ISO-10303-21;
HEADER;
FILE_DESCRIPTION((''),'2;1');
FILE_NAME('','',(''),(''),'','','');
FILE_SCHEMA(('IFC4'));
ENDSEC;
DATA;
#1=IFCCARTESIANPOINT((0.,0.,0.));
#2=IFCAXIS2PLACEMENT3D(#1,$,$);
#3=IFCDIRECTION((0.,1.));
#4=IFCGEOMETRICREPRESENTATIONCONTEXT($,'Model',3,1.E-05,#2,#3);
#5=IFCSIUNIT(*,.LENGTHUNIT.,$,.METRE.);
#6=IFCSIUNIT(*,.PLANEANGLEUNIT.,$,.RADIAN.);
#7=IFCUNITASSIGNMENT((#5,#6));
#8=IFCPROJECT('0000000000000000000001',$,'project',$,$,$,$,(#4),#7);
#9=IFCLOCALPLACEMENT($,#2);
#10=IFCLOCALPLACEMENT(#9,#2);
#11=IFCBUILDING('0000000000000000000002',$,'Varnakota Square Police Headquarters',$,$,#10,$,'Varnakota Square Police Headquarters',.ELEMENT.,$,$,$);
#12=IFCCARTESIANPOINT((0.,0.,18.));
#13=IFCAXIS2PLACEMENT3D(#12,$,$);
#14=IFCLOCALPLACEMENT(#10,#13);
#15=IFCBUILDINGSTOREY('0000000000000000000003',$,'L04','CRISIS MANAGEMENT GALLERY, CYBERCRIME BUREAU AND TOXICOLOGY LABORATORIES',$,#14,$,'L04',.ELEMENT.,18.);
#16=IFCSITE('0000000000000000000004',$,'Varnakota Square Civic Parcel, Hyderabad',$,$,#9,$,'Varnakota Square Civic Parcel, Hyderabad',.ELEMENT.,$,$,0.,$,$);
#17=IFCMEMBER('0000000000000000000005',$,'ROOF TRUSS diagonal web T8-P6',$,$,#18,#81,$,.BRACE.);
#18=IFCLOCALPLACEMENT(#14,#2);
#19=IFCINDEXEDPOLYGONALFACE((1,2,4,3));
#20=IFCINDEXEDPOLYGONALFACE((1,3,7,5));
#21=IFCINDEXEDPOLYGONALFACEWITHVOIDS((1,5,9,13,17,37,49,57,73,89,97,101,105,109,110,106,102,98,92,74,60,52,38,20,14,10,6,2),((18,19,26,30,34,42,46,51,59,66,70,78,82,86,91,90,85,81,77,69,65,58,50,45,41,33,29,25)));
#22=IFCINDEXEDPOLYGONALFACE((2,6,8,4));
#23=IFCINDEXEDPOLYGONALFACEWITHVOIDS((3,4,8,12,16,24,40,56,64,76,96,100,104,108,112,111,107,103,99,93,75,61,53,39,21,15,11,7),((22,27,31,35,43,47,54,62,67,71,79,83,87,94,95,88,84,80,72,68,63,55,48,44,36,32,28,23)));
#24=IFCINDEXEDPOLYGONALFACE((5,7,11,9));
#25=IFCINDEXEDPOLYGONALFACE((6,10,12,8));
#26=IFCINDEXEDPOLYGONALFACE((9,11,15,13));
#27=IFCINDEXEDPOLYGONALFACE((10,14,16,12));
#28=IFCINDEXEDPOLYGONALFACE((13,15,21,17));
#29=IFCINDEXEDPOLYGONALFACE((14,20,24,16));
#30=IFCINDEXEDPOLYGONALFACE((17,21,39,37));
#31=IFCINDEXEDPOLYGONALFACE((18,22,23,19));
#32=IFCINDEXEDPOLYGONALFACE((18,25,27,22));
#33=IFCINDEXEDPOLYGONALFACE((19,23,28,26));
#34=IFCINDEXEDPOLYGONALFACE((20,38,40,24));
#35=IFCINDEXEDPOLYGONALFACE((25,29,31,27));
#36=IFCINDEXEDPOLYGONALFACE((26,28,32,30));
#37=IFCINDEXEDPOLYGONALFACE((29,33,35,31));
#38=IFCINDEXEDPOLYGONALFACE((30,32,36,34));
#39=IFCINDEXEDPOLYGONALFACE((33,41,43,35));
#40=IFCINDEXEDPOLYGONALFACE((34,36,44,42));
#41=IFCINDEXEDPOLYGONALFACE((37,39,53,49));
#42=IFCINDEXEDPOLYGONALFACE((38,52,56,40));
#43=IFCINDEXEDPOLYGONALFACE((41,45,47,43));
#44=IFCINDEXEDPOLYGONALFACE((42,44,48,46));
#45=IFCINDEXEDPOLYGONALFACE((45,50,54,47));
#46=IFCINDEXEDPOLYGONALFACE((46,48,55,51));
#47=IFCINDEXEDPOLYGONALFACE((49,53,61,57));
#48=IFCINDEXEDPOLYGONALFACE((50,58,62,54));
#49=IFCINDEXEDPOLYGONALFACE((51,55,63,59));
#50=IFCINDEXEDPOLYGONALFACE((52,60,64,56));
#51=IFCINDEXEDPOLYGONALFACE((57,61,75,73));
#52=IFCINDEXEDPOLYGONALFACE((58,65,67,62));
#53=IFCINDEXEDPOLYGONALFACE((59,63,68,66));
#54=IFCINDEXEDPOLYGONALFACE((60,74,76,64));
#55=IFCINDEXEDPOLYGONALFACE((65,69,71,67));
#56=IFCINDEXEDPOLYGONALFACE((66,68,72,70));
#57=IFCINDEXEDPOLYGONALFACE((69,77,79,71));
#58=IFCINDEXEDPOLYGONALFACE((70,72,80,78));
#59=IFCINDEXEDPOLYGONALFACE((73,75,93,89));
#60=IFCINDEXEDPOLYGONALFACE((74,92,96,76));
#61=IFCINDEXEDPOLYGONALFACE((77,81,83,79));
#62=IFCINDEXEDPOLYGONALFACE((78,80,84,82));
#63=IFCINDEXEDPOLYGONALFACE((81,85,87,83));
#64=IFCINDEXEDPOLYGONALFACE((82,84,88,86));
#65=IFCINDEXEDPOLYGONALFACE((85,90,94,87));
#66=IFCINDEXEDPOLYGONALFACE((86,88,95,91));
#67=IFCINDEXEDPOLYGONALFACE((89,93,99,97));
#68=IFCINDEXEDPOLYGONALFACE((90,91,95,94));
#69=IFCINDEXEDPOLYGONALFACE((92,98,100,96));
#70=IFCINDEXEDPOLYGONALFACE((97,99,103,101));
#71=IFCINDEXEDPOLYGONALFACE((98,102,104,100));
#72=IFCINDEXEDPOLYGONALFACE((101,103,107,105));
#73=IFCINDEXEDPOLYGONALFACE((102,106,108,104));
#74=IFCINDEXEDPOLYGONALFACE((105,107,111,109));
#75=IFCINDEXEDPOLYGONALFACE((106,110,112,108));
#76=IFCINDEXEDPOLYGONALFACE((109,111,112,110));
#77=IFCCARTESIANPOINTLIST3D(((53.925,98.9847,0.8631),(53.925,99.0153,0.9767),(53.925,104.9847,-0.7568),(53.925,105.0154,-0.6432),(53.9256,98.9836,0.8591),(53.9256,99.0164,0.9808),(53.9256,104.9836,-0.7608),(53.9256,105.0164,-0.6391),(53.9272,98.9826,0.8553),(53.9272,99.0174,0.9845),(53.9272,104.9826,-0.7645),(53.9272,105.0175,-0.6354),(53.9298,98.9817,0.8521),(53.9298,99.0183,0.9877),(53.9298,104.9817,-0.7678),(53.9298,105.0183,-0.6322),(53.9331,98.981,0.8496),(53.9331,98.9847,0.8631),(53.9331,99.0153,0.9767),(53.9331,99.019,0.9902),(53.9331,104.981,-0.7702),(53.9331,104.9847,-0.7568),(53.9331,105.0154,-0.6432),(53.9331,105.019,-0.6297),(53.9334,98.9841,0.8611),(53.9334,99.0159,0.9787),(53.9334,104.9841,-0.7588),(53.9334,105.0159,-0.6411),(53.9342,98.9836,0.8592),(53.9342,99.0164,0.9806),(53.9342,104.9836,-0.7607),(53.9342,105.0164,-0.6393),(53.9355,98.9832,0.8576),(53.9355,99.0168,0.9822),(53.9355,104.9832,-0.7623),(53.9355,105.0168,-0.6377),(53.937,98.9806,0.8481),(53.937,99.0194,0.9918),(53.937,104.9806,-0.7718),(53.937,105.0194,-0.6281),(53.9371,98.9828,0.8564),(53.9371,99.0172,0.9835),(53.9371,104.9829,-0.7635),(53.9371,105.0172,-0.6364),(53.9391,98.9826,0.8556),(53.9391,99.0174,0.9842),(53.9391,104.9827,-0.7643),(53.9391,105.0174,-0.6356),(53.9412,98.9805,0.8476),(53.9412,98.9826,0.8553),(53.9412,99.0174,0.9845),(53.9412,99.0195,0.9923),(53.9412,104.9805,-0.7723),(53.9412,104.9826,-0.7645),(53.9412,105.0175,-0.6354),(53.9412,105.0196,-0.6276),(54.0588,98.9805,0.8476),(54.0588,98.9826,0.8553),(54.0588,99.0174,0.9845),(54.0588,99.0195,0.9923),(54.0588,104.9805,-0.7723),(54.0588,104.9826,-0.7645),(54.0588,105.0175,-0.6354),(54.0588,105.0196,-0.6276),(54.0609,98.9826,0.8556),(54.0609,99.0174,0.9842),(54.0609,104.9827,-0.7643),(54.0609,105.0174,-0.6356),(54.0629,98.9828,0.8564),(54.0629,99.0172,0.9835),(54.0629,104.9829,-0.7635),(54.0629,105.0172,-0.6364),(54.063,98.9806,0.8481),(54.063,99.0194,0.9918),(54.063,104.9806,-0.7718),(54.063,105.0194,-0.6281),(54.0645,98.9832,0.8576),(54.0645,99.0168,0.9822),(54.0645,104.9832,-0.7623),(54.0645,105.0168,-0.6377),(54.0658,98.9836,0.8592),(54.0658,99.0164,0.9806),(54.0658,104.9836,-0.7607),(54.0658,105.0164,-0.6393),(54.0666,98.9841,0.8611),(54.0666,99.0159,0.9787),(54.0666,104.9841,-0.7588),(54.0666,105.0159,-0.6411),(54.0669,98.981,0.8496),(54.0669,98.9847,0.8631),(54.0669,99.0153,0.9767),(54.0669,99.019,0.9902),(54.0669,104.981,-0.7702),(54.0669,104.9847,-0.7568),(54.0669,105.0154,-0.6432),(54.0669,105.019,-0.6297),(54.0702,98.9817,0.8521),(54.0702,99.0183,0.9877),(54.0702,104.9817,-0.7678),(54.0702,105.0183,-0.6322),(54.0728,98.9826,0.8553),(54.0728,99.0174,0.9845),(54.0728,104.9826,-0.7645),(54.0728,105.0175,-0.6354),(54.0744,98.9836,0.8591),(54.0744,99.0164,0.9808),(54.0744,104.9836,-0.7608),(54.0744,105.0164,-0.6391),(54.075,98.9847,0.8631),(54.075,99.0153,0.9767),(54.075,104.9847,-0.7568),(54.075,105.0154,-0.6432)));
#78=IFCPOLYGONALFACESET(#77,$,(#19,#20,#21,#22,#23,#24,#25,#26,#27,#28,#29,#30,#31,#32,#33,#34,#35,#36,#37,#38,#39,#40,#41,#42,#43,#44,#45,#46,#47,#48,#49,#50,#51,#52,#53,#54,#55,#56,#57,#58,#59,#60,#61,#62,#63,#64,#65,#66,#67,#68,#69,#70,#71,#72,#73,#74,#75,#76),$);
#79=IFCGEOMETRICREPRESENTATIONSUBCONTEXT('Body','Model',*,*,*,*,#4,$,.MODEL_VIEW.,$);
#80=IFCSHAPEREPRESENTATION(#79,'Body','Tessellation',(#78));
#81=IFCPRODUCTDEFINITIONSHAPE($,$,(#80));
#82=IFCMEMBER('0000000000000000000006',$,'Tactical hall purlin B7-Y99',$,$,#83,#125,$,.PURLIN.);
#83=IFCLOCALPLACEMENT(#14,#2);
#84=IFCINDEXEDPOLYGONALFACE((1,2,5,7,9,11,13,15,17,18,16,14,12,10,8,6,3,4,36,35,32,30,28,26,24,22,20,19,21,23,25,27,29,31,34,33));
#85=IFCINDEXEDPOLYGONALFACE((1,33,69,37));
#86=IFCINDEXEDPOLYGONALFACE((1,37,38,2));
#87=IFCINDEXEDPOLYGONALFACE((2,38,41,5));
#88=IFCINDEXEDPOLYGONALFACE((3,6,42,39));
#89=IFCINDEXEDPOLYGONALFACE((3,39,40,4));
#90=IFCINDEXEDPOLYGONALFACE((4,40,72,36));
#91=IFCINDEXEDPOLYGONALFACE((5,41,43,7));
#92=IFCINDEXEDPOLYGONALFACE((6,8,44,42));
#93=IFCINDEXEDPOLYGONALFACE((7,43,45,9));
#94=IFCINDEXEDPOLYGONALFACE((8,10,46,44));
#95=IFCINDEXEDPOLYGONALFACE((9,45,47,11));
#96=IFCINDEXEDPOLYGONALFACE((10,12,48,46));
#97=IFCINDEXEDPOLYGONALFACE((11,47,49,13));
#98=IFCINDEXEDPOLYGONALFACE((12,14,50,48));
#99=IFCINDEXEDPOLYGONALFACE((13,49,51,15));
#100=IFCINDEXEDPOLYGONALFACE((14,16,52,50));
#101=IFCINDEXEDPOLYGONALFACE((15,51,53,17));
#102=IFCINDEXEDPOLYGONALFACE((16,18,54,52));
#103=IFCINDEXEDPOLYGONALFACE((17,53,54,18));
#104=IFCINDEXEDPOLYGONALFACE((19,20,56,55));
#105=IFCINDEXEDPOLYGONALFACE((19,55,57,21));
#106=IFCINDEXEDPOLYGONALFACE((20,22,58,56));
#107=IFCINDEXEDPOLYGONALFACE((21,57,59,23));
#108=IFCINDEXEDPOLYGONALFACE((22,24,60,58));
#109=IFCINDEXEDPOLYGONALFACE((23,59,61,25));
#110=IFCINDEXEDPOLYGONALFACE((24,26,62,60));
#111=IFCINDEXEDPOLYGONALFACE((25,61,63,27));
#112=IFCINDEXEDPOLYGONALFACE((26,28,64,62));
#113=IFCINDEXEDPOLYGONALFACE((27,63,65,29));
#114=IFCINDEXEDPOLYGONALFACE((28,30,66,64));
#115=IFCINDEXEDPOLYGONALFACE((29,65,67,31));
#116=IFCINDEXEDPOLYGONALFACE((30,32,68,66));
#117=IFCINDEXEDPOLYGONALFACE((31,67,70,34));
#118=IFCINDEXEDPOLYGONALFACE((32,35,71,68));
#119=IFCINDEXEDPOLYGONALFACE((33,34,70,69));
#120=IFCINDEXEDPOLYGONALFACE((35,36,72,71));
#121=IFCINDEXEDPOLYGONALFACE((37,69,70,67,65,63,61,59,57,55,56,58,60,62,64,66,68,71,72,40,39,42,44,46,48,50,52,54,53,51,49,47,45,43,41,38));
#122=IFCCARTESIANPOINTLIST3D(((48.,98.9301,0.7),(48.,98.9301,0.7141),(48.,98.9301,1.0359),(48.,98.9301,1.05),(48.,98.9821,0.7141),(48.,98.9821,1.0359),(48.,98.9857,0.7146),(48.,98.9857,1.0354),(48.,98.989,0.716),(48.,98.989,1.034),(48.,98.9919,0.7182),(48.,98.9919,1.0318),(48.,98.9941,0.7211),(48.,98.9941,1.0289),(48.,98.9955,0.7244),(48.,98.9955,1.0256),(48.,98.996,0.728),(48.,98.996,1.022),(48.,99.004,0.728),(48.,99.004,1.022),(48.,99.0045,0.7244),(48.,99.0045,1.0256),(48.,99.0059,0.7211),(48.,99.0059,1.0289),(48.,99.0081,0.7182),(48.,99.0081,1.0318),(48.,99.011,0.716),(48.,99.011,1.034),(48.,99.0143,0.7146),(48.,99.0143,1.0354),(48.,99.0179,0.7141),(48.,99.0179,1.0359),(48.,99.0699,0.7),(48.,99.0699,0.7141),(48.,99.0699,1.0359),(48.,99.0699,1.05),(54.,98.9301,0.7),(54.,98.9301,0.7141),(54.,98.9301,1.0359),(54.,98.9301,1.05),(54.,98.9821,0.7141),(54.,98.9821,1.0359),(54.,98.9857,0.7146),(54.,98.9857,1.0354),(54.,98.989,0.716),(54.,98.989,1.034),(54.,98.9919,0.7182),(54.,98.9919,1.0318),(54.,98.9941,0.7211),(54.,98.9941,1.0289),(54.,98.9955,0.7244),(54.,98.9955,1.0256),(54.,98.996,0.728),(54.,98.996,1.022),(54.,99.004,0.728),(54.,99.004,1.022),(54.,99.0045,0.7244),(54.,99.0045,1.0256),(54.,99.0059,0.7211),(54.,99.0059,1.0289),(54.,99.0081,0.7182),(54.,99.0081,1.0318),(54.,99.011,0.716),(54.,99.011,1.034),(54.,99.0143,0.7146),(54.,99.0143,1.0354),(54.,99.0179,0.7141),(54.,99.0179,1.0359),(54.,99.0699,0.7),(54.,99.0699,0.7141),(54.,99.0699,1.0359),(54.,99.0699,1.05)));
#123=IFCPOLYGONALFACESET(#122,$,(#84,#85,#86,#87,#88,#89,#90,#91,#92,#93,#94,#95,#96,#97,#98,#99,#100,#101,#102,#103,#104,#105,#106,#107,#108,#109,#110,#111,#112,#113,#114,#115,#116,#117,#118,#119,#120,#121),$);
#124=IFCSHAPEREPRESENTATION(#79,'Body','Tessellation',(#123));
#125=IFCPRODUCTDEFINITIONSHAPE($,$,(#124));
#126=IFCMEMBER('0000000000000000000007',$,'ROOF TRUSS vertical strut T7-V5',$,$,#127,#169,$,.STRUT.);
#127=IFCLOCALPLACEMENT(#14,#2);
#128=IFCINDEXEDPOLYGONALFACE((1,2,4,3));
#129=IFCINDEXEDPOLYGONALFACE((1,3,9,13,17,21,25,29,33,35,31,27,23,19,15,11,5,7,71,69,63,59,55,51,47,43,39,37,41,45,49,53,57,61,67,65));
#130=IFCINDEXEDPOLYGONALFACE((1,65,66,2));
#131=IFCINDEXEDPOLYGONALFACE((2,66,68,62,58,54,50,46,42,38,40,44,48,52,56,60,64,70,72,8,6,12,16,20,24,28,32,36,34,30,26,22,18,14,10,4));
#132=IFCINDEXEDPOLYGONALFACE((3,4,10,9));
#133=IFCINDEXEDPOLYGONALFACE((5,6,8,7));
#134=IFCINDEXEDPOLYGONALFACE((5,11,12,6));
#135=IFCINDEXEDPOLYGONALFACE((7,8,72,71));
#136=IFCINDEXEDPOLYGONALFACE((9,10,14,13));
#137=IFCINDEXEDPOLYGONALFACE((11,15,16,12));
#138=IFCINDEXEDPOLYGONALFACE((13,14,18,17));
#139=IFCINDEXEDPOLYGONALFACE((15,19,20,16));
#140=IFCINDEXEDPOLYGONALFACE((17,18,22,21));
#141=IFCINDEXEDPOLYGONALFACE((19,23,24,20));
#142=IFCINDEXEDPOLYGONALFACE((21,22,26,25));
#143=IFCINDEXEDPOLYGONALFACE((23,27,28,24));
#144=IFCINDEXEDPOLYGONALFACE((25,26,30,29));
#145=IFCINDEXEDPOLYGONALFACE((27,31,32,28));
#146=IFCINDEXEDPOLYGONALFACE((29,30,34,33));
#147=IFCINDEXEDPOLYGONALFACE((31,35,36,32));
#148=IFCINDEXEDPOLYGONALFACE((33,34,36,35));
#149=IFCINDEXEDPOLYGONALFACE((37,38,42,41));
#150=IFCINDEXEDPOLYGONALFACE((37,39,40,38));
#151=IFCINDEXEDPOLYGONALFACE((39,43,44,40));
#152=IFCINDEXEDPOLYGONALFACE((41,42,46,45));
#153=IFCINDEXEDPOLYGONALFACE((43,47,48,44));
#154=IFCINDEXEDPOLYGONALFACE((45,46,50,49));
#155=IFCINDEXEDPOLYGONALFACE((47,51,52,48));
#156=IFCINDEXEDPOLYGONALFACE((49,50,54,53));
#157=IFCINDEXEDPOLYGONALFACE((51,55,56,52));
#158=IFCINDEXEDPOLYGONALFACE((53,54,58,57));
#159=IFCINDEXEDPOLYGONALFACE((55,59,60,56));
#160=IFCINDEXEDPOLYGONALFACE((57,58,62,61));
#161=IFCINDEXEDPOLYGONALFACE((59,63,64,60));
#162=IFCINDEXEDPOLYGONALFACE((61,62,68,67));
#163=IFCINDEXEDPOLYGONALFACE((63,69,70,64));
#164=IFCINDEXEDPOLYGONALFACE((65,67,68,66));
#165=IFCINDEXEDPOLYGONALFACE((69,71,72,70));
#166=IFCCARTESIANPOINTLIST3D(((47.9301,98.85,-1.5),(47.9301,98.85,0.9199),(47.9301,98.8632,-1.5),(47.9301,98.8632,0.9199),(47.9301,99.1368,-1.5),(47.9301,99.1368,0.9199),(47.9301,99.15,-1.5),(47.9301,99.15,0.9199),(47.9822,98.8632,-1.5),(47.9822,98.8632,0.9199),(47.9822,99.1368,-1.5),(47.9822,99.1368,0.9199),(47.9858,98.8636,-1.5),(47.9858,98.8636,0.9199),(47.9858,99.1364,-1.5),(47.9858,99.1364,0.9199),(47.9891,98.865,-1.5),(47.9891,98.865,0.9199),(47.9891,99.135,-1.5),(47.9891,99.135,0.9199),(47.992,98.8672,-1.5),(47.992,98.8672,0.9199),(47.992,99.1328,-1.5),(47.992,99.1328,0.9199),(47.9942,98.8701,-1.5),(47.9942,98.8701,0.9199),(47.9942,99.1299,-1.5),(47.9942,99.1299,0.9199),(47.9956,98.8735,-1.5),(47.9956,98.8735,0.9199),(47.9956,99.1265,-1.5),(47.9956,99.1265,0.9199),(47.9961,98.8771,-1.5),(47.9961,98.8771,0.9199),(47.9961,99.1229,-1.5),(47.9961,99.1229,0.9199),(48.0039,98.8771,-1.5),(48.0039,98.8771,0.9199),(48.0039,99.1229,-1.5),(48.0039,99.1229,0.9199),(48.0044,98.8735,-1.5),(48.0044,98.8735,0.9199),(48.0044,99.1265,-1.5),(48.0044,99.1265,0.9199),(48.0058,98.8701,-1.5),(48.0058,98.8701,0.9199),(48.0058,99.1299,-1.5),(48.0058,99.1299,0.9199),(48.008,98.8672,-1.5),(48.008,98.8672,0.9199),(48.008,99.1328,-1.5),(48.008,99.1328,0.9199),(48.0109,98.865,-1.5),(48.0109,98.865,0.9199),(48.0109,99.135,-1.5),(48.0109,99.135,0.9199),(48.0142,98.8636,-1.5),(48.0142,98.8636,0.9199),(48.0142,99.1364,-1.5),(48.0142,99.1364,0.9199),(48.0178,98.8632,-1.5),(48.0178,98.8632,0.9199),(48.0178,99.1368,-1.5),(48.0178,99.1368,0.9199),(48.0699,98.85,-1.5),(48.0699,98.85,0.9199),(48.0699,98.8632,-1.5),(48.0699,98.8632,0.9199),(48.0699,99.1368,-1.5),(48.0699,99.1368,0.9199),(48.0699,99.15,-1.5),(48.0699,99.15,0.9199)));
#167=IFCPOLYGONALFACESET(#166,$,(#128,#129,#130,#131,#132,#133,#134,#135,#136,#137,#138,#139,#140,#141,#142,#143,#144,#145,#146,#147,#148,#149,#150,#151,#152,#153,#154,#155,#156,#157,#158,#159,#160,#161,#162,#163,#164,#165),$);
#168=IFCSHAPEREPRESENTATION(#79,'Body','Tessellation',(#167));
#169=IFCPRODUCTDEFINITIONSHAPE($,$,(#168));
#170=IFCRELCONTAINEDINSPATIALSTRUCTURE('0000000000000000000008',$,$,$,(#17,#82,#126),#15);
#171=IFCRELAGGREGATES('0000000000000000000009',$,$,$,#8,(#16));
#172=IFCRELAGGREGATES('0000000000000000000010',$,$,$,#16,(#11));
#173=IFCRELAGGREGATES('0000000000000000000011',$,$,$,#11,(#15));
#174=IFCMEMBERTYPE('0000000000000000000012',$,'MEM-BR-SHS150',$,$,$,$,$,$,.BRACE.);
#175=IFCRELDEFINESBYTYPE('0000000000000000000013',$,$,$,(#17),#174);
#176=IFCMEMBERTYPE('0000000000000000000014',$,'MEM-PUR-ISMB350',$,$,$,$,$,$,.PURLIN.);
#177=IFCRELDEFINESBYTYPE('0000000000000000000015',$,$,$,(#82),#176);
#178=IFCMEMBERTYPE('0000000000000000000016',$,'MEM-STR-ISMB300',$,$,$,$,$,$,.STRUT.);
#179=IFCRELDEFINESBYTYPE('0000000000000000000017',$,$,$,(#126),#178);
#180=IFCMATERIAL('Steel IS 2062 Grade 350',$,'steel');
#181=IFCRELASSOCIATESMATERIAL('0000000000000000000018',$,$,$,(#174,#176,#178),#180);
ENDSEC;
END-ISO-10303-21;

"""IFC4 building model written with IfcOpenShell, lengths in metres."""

from ifc_helpers import new_model, si_unit, direction, frame, origin, origin_2d, place, context, subcontext, project, spatial, hollow_rectangle, i_section, extrude, material, material_profile, profile_set, type_object, element, save


model = new_model("IFC4")

# Units and contexts
model_context = context("Model", 3, precision=1e-05, world=origin(), true_north=direction((0.0, 1.0)))
body_context = subcontext(model_context, "Body", "Model", "MODEL_VIEW")
ifc_project = project(units=[si_unit("LENGTHUNIT", "METRE"), si_unit("PLANEANGLEUNIT", "RADIAN")], contexts=[model_context])

# Site, building, storey
site_placement = place(None, origin())
site = spatial("IfcSite", under=ifc_project, at=site_placement, Name="Varnakota Square Civic Parcel, Hyderabad", LongName="Varnakota Square Civic Parcel, Hyderabad", CompositionType="ELEMENT", RefElevation=0.0)
building_placement = place(site_placement, origin())
building = spatial("IfcBuilding", under=site, at=building_placement, Name="Varnakota Square Police Headquarters", LongName="Varnakota Square Police Headquarters", CompositionType="ELEMENT")
storey_placement = place(building_placement, frame((0.0, 0.0, 18.0)))
storey = spatial("IfcBuildingStorey", under=building, at=storey_placement, Name="L04", Description="CRISIS MANAGEMENT GALLERY, CYBERCRIME BUREAU AND TOXICOLOGY LABORATORIES", LongName="L04", CompositionType="ELEMENT", Elevation=18.0)

# Shared definitions
ifc_material_1 = material(Name="Steel IS 2062 Grade 350", Category="steel")

# Members
ifc_material_profile_1 = material_profile(ifc_material_1, hollow_rectangle(XDim=0.1499, YDim=0.1499, WallThickness=0.0081, InnerFilletRadius=0.0081, OuterFilletRadius=0.0161, at=origin_2d()), Name="SHS 150x150x8")
ifc_profile_set_1 = profile_set([ifc_material_profile_1], Name="Steel IS 2062 Grade 350")
member_type_1 = type_object("IfcMemberType", Name="MEM-BR-SHS150", PredefinedType="BRACE", material=ifc_profile_set_1)
member_1_placement = place(storey_placement, frame((54.0, 99.0, 0.9199), z_axis=(0.0, 0.965434, -0.260647), x_axis=(-1.0, 0.0, 0.0)))
element("IfcMember", 1, at=member_1_placement, inside=storey, type_object=member_type_1, Name="ROOF TRUSS diagonal web T8-P6", PredefinedType="BRACE", context=body_context, shape_type="SweptSolid", body=[
    extrude(hollow_rectangle(XDim=0.1499, YDim=0.1499, WallThickness=0.0081, InnerFilletRadius=0.0081, OuterFilletRadius=0.0161, at=origin_2d()), origin(), (0.0, 0.0, 1.0), 6.2148),
])
ifc_material_profile_2 = material_profile(ifc_material_1, i_section(OverallWidth=0.1399, OverallDepth=0.3501, WebThickness=0.0081, FlangeThickness=0.0142, FilletRadius=0.0139, at=origin_2d()), Name="ISMB 350")
ifc_profile_set_2 = profile_set([ifc_material_profile_2], Name="Steel IS 2062 Grade 350")
member_type_2 = type_object("IfcMemberType", Name="MEM-PUR-ISMB350", PredefinedType="PURLIN", material=ifc_profile_set_2)
member_2_placement = place(storey_placement, frame((48.0, 99.0, 0.875), z_axis=(1.0, 0.0, 0.0), x_axis=(0.0, 1.0, 0.0)))
element("IfcMember", 2, at=member_2_placement, inside=storey, type_object=member_type_2, Name="Tactical hall purlin B7-Y99", PredefinedType="PURLIN", context=body_context, shape_type="SweptSolid", body=[
    extrude(i_section(OverallWidth=0.1399, OverallDepth=0.3501, WebThickness=0.0081, FlangeThickness=0.0142, FilletRadius=0.0139, at=origin_2d()), origin(), (0.0, 0.0, 1.0), 6.0),
])
ifc_material_profile_3 = material_profile(ifc_material_1, i_section(OverallWidth=0.1399, OverallDepth=0.3, WebThickness=0.0078, FlangeThickness=0.0132, FilletRadius=0.0139, at=origin_2d()), Name="ISMB 300")
ifc_profile_set_3 = profile_set([ifc_material_profile_3], Name="Steel IS 2062 Grade 350")
member_type_3 = type_object("IfcMemberType", Name="MEM-STR-ISMB300", PredefinedType="STRUT", material=ifc_profile_set_3)
member_3_placement = place(storey_placement, frame((48.0, 99.0, -1.5), z_axis=(0.0, 0.0, 1.0), x_axis=(1.0, 0.0, 0.0)))
element("IfcMember", 3, at=member_3_placement, inside=storey, type_object=member_type_3, Name="ROOF TRUSS vertical strut T7-V5", PredefinedType="STRUT", context=body_context, shape_type="SweptSolid", body=[
    extrude(i_section(OverallWidth=0.1399, OverallDepth=0.3, WebThickness=0.0078, FlangeThickness=0.0132, FilletRadius=0.0139, at=origin_2d()), origin(), (0.0, 0.0, 1.0), 2.4199),
])

save(model, "model.ifc")
